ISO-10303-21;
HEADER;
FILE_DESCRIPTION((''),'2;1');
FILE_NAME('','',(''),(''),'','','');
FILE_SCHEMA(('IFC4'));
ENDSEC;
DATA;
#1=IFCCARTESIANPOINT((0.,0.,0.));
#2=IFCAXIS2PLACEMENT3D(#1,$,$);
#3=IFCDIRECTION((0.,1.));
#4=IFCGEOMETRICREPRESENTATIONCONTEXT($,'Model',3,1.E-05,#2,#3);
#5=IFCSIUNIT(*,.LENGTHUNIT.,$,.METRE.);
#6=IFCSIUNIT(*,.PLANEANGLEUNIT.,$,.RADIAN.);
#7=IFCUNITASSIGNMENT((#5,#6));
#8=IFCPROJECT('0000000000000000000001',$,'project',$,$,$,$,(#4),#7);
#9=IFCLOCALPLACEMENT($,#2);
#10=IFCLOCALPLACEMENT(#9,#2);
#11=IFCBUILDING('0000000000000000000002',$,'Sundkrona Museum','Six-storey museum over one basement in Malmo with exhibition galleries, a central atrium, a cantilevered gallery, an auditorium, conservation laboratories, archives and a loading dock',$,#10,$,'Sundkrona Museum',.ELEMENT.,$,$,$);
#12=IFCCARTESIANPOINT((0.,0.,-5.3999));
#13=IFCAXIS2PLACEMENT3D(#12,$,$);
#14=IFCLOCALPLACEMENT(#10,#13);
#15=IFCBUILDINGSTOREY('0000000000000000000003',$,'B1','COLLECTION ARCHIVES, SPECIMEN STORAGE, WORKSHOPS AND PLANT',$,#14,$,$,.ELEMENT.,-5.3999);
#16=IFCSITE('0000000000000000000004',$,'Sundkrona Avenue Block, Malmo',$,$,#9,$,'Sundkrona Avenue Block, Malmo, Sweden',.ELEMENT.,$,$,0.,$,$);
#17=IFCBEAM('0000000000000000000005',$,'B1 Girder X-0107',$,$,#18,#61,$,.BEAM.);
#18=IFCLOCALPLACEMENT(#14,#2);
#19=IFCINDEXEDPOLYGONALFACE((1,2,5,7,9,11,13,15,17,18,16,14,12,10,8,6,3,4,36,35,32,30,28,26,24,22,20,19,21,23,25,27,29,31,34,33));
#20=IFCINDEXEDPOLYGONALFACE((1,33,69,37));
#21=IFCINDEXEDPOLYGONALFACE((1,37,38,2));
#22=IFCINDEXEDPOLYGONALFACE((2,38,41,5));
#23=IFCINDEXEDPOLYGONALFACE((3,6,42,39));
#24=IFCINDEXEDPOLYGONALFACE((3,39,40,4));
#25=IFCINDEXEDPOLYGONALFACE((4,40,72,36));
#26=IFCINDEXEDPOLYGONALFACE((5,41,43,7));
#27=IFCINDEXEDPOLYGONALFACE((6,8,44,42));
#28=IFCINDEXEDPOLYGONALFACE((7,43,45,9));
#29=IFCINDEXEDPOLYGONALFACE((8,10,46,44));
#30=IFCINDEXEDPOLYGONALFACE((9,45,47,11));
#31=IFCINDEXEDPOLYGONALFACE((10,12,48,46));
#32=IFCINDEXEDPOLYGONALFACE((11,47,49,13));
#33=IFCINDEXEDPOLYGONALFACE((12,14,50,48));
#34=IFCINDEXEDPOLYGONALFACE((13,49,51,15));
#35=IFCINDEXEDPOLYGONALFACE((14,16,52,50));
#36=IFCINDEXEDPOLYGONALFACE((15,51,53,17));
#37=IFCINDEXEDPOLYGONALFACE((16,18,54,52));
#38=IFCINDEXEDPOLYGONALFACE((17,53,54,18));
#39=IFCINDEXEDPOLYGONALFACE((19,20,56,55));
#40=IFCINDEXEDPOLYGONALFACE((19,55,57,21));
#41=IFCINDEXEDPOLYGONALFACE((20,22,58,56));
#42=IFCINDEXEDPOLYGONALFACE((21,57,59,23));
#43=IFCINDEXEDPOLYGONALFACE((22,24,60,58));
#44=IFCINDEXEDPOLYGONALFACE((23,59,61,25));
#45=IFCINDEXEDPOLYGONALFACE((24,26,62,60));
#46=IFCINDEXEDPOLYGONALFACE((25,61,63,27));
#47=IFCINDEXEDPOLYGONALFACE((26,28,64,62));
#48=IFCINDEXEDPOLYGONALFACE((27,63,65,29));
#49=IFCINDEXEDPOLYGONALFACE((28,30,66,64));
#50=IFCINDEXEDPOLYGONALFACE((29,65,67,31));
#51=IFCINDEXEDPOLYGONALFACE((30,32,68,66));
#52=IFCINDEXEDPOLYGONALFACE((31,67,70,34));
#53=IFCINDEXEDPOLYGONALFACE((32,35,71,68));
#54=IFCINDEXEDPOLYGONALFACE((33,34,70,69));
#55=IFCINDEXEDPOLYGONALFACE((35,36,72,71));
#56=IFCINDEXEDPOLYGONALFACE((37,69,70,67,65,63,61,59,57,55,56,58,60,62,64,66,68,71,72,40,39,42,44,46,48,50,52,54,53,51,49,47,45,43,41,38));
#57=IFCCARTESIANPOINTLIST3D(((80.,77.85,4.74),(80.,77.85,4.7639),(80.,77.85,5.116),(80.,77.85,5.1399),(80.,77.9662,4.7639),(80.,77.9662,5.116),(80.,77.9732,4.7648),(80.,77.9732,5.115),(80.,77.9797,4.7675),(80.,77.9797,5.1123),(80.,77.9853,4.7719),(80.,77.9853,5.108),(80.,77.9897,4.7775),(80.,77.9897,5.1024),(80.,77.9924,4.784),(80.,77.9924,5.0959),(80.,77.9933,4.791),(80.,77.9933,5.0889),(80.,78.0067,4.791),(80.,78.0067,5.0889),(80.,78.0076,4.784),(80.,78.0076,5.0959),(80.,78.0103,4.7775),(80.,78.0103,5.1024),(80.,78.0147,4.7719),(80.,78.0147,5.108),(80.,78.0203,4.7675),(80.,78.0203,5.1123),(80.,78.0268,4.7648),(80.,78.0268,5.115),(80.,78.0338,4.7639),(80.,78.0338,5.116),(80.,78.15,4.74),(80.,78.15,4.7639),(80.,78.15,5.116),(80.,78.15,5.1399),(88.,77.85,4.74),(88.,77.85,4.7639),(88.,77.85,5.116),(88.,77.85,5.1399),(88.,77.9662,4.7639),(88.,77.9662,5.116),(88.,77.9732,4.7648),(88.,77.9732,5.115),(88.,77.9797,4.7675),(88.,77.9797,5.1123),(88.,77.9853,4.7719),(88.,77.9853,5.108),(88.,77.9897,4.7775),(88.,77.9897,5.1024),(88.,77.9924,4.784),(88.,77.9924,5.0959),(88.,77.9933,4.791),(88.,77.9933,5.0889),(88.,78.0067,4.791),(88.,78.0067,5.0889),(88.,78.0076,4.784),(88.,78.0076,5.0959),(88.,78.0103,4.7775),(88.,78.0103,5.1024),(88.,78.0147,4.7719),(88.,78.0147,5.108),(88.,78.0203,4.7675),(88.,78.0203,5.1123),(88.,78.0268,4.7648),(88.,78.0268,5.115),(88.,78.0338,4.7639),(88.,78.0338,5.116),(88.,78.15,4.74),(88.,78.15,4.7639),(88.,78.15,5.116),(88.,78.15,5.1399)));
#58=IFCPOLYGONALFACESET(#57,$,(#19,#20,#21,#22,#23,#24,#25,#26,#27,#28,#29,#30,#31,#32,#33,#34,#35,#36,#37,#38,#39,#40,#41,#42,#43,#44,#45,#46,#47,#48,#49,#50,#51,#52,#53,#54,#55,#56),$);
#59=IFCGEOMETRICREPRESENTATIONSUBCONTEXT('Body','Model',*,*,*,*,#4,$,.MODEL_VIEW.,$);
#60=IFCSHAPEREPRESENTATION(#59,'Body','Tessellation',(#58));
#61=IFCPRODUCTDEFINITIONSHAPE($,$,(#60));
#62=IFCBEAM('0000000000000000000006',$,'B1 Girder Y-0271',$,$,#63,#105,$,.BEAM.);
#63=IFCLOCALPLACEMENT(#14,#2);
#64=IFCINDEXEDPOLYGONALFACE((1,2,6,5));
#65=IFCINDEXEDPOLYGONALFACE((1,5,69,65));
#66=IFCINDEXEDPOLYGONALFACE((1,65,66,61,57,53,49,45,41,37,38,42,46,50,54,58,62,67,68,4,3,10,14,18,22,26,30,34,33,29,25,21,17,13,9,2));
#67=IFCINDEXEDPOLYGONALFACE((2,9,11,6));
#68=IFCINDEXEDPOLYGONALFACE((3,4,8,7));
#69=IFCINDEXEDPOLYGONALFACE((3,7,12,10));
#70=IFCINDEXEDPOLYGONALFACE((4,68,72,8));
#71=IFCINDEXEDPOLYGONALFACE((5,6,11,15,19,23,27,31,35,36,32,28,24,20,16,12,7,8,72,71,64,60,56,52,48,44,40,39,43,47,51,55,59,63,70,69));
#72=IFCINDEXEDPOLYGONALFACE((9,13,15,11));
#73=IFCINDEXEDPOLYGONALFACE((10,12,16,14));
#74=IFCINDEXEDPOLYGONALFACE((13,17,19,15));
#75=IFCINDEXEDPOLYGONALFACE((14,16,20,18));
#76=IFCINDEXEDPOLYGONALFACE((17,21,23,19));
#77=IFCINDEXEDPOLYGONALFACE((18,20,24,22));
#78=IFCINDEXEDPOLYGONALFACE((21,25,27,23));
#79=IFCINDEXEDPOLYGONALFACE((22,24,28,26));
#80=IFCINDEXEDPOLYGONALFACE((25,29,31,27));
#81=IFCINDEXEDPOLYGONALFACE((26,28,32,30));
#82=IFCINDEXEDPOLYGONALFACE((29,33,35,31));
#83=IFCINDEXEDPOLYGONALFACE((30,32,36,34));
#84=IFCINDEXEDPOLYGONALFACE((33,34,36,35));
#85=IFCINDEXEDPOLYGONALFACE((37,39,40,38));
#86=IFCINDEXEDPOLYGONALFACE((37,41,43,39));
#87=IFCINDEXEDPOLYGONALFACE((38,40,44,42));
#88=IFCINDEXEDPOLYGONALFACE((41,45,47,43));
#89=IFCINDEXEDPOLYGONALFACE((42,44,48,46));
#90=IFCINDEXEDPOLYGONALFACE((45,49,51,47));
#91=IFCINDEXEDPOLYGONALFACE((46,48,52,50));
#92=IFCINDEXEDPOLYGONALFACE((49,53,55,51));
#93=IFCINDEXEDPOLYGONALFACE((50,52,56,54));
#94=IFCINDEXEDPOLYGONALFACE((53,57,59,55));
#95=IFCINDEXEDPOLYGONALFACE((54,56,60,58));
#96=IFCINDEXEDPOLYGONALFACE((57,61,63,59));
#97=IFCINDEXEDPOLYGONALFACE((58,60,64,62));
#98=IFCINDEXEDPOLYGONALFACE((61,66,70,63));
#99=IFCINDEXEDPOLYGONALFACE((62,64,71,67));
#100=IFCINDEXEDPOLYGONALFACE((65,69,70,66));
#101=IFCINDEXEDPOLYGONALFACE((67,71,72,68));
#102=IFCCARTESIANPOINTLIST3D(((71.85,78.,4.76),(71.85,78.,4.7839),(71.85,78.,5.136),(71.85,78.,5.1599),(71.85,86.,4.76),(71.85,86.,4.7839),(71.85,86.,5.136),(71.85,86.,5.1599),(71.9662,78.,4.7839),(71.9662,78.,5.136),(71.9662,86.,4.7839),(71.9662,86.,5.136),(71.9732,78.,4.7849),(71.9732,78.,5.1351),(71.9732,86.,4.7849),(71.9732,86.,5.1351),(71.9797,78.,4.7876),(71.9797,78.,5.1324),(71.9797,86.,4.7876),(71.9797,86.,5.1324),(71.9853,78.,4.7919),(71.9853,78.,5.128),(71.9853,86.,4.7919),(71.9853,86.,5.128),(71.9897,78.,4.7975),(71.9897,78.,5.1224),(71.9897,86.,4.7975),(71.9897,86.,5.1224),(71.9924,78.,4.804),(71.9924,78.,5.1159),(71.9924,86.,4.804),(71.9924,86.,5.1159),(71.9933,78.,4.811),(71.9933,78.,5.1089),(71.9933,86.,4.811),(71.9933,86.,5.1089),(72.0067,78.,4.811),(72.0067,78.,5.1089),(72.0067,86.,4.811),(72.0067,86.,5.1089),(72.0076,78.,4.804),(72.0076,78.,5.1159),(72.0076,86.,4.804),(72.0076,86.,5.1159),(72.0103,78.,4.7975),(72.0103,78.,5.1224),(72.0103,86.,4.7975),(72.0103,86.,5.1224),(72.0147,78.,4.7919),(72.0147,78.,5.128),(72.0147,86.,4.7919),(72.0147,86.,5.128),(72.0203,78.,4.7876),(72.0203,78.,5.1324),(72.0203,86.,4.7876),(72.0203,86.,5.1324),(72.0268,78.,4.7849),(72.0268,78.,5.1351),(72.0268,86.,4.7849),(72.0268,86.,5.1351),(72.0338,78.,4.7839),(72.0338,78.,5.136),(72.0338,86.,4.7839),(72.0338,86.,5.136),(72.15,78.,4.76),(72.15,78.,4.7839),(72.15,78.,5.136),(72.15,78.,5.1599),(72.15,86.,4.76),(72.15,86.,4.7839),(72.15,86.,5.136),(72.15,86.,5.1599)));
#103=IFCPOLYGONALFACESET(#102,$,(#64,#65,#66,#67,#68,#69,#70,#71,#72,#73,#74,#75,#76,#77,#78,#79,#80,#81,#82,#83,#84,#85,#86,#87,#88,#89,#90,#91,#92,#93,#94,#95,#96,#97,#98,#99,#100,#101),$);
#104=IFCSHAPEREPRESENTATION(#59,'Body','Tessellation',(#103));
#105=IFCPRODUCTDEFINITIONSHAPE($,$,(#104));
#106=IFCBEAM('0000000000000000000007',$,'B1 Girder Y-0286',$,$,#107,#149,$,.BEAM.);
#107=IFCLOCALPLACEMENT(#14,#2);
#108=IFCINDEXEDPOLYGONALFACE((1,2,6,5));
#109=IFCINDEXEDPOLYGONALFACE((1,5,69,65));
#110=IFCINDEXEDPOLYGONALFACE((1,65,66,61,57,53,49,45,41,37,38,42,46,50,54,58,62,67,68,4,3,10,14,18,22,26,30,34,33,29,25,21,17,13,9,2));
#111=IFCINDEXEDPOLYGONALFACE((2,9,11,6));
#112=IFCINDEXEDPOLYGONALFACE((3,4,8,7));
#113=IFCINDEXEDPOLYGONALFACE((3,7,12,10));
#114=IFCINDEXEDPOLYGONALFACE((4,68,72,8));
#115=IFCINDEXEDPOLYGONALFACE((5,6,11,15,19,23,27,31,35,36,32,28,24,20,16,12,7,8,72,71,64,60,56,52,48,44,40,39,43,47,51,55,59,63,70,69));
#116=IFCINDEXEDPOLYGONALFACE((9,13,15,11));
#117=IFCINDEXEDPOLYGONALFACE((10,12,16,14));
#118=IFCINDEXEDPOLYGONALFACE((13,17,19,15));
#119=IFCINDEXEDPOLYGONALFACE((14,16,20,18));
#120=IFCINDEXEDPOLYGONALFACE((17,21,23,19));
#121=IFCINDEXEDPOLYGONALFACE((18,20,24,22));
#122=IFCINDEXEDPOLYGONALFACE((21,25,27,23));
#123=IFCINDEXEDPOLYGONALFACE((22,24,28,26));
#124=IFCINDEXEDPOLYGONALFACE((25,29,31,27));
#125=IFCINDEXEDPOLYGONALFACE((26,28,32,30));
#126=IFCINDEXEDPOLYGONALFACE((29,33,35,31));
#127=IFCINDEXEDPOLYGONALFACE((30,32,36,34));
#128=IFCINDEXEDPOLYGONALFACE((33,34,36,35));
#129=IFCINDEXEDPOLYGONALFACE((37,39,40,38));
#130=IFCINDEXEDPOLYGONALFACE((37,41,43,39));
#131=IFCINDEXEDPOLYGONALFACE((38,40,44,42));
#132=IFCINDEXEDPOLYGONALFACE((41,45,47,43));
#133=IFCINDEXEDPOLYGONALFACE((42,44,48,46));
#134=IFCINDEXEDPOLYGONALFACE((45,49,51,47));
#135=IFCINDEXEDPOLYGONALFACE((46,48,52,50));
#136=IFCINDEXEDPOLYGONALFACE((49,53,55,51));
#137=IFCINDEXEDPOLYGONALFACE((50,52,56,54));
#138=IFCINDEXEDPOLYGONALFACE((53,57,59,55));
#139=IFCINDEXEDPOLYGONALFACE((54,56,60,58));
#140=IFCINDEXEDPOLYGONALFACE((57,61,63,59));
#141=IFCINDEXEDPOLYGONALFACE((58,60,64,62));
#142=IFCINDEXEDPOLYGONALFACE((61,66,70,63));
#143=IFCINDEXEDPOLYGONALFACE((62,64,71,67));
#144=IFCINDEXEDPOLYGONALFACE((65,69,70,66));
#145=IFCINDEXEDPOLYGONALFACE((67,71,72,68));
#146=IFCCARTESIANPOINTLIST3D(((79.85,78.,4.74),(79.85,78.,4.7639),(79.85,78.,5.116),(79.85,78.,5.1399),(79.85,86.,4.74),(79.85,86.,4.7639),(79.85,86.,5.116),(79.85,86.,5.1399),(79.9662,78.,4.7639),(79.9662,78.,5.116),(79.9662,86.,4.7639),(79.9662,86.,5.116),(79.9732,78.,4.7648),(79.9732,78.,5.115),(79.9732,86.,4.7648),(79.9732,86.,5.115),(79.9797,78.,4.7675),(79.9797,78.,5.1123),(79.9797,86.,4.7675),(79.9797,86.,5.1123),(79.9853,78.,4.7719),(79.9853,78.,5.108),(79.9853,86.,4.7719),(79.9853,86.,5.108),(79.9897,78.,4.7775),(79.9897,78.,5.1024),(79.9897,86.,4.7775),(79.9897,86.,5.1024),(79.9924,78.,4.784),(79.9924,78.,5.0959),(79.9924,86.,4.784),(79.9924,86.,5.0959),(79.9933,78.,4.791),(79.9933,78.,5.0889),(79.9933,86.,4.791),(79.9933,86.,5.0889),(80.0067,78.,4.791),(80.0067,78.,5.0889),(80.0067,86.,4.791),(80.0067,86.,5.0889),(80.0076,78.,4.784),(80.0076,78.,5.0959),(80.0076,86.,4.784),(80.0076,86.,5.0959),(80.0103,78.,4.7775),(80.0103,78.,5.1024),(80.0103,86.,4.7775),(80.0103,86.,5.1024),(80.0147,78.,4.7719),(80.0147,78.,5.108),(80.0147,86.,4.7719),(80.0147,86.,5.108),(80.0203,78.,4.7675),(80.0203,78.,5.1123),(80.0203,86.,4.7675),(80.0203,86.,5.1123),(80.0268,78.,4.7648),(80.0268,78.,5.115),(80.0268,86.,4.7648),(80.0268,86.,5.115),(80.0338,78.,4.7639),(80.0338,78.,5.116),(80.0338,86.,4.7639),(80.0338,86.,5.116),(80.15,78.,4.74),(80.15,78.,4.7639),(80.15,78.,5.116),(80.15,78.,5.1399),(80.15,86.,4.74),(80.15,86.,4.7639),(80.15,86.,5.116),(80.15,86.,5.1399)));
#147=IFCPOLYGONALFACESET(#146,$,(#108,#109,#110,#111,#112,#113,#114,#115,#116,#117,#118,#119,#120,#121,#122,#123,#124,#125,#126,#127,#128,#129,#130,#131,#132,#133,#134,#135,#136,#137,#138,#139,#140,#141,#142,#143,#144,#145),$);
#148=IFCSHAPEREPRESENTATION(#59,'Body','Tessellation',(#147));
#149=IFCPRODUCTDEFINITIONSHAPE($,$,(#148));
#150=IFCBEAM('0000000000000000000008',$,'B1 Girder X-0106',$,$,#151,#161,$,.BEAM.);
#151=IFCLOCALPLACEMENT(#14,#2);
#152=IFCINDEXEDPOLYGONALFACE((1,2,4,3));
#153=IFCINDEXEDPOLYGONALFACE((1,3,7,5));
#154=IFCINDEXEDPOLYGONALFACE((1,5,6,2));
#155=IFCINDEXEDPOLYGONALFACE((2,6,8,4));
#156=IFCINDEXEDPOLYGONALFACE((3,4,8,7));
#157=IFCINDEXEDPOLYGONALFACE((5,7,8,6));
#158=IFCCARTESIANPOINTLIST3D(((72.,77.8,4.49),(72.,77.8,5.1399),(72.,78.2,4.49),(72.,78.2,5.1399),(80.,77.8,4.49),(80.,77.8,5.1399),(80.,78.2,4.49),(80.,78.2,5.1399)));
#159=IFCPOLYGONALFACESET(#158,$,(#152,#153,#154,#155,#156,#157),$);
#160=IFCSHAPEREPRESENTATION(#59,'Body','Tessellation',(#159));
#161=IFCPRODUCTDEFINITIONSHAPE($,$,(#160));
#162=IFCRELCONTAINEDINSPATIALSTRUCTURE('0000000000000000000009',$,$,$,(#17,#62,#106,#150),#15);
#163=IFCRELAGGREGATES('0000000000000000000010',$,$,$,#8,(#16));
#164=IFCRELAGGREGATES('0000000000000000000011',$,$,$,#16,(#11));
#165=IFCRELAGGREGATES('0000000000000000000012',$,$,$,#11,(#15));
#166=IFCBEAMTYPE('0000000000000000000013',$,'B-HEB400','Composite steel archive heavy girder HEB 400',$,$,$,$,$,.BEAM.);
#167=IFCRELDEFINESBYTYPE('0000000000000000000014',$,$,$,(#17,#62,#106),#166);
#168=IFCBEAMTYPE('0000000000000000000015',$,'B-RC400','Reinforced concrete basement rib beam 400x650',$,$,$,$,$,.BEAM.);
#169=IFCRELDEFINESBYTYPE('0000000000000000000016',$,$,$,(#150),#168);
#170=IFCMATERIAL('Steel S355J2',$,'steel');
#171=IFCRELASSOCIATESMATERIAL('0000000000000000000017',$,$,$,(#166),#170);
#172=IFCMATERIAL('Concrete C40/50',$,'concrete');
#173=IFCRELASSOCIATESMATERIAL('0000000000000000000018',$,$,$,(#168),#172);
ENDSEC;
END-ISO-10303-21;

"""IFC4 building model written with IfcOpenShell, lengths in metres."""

from ifc_helpers import new_model, si_unit, direction, frame, origin, origin_2d, place, context, subcontext, project, spatial, rectangle, i_section, extrude, material, material_profile, profile_set, type_object, element, save


model = new_model("IFC4")

# Units and contexts
model_context = context("Model", 3, precision=1e-05, world=origin(), true_north=direction((0.0, 1.0)))
body_context = subcontext(model_context, "Body", "Model", "MODEL_VIEW")
ifc_project = project(units=[si_unit("LENGTHUNIT", "METRE"), si_unit("PLANEANGLEUNIT", "RADIAN")], contexts=[model_context])

# Site, building, storey
site_placement = place(None, origin())
site = spatial("IfcSite", under=ifc_project, at=site_placement, Name="Sundkrona Avenue Block, Malmo", LongName="Sundkrona Avenue Block, Malmo, Sweden", CompositionType="ELEMENT", RefElevation=0.0)
building_placement = place(site_placement, origin())
building = spatial("IfcBuilding", under=site, at=building_placement, Name="Sundkrona Museum", Description="Six-storey museum over one basement in Malmo with exhibition galleries, a central atrium, a cantilevered gallery, an auditorium, conservation laboratories, archives and a loading dock", LongName="Sundkrona Museum", CompositionType="ELEMENT")
storey_placement = place(building_placement, frame((0.0, 0.0, -5.3999)))
storey = spatial("IfcBuildingStorey", under=building, at=storey_placement, Name="B1", Description="COLLECTION ARCHIVES, SPECIMEN STORAGE, WORKSHOPS AND PLANT", CompositionType="ELEMENT", Elevation=-5.3999)

# Shared definitions
ifc_material_1 = material(Name="Concrete C40/50", Category="concrete")

# Beams
ifc_material_2 = material(Name="Steel S355J2", Category="steel")
ifc_material_profile_1 = material_profile(ifc_material_2, i_section(OverallWidth=0.3, OverallDepth=0.3999, WebThickness=0.0134, FlangeThickness=0.0239, FilletRadius=0.0271, at=origin_2d()), Name="HEB 400")
ifc_profile_set_1 = profile_set([ifc_material_profile_1], Name="Steel S355J2")
beam_type_1 = type_object("IfcBeamType", Name="B-HEB400", Description="Composite steel archive heavy girder HEB 400", PredefinedType="BEAM", material=ifc_profile_set_1)
for number, where, z_axis, x_axis, name in (
    (1, (80.0, 78.0, 4.9399), (1.0, 0.0, 0.0), (0.0, 1.0, 0.0), "B1 Girder X-0107"),
    (2, (72.0, 78.0, 4.96), (0.0, 1.0, 0.0), (-1.0, 0.0, 0.0), "B1 Girder Y-0271"),
    (3, (80.0, 78.0, 4.9399), (0.0, 1.0, 0.0), (-1.0, 0.0, 0.0), "B1 Girder Y-0286"),
):
    element("IfcBeam", number, at=place(storey_placement, frame(where, z_axis=z_axis, x_axis=x_axis)), inside=storey, type_object=beam_type_1, Name=name, PredefinedType="BEAM", context=body_context, shape_type="SweptSolid", body=[
        extrude(i_section(OverallWidth=0.3, OverallDepth=0.3999, WebThickness=0.0134, FlangeThickness=0.0239, FilletRadius=0.0271, at=origin_2d()), origin(), (0.0, 0.0, 1.0), 8.0),
    ])
ifc_material_profile_2 = material_profile(ifc_material_1, rectangle(XDim=0.3999, YDim=0.6499, at=origin_2d()), Name="RCB 400x650")
ifc_profile_set_2 = profile_set([ifc_material_profile_2], Name="Concrete C40/50")
beam_type_2 = type_object("IfcBeamType", Name="B-RC400", Description="Reinforced concrete basement rib beam 400x650", PredefinedType="BEAM", material=ifc_profile_set_2)
beam_1_placement = place(storey_placement, frame((72.0, 78.0, 4.8149), z_axis=(1.0, 0.0, 0.0), x_axis=(0.0, 1.0, 0.0)))
element("IfcBeam", 4, at=beam_1_placement, inside=storey, type_object=beam_type_2, Name="B1 Girder X-0106", PredefinedType="BEAM", context=body_context, shape_type="SweptSolid", body=[
    extrude(rectangle(XDim=0.3999, YDim=0.6499, at=origin_2d()), origin(), (0.0, 0.0, 1.0), 8.0),
])

save(model, "model.ifc")
